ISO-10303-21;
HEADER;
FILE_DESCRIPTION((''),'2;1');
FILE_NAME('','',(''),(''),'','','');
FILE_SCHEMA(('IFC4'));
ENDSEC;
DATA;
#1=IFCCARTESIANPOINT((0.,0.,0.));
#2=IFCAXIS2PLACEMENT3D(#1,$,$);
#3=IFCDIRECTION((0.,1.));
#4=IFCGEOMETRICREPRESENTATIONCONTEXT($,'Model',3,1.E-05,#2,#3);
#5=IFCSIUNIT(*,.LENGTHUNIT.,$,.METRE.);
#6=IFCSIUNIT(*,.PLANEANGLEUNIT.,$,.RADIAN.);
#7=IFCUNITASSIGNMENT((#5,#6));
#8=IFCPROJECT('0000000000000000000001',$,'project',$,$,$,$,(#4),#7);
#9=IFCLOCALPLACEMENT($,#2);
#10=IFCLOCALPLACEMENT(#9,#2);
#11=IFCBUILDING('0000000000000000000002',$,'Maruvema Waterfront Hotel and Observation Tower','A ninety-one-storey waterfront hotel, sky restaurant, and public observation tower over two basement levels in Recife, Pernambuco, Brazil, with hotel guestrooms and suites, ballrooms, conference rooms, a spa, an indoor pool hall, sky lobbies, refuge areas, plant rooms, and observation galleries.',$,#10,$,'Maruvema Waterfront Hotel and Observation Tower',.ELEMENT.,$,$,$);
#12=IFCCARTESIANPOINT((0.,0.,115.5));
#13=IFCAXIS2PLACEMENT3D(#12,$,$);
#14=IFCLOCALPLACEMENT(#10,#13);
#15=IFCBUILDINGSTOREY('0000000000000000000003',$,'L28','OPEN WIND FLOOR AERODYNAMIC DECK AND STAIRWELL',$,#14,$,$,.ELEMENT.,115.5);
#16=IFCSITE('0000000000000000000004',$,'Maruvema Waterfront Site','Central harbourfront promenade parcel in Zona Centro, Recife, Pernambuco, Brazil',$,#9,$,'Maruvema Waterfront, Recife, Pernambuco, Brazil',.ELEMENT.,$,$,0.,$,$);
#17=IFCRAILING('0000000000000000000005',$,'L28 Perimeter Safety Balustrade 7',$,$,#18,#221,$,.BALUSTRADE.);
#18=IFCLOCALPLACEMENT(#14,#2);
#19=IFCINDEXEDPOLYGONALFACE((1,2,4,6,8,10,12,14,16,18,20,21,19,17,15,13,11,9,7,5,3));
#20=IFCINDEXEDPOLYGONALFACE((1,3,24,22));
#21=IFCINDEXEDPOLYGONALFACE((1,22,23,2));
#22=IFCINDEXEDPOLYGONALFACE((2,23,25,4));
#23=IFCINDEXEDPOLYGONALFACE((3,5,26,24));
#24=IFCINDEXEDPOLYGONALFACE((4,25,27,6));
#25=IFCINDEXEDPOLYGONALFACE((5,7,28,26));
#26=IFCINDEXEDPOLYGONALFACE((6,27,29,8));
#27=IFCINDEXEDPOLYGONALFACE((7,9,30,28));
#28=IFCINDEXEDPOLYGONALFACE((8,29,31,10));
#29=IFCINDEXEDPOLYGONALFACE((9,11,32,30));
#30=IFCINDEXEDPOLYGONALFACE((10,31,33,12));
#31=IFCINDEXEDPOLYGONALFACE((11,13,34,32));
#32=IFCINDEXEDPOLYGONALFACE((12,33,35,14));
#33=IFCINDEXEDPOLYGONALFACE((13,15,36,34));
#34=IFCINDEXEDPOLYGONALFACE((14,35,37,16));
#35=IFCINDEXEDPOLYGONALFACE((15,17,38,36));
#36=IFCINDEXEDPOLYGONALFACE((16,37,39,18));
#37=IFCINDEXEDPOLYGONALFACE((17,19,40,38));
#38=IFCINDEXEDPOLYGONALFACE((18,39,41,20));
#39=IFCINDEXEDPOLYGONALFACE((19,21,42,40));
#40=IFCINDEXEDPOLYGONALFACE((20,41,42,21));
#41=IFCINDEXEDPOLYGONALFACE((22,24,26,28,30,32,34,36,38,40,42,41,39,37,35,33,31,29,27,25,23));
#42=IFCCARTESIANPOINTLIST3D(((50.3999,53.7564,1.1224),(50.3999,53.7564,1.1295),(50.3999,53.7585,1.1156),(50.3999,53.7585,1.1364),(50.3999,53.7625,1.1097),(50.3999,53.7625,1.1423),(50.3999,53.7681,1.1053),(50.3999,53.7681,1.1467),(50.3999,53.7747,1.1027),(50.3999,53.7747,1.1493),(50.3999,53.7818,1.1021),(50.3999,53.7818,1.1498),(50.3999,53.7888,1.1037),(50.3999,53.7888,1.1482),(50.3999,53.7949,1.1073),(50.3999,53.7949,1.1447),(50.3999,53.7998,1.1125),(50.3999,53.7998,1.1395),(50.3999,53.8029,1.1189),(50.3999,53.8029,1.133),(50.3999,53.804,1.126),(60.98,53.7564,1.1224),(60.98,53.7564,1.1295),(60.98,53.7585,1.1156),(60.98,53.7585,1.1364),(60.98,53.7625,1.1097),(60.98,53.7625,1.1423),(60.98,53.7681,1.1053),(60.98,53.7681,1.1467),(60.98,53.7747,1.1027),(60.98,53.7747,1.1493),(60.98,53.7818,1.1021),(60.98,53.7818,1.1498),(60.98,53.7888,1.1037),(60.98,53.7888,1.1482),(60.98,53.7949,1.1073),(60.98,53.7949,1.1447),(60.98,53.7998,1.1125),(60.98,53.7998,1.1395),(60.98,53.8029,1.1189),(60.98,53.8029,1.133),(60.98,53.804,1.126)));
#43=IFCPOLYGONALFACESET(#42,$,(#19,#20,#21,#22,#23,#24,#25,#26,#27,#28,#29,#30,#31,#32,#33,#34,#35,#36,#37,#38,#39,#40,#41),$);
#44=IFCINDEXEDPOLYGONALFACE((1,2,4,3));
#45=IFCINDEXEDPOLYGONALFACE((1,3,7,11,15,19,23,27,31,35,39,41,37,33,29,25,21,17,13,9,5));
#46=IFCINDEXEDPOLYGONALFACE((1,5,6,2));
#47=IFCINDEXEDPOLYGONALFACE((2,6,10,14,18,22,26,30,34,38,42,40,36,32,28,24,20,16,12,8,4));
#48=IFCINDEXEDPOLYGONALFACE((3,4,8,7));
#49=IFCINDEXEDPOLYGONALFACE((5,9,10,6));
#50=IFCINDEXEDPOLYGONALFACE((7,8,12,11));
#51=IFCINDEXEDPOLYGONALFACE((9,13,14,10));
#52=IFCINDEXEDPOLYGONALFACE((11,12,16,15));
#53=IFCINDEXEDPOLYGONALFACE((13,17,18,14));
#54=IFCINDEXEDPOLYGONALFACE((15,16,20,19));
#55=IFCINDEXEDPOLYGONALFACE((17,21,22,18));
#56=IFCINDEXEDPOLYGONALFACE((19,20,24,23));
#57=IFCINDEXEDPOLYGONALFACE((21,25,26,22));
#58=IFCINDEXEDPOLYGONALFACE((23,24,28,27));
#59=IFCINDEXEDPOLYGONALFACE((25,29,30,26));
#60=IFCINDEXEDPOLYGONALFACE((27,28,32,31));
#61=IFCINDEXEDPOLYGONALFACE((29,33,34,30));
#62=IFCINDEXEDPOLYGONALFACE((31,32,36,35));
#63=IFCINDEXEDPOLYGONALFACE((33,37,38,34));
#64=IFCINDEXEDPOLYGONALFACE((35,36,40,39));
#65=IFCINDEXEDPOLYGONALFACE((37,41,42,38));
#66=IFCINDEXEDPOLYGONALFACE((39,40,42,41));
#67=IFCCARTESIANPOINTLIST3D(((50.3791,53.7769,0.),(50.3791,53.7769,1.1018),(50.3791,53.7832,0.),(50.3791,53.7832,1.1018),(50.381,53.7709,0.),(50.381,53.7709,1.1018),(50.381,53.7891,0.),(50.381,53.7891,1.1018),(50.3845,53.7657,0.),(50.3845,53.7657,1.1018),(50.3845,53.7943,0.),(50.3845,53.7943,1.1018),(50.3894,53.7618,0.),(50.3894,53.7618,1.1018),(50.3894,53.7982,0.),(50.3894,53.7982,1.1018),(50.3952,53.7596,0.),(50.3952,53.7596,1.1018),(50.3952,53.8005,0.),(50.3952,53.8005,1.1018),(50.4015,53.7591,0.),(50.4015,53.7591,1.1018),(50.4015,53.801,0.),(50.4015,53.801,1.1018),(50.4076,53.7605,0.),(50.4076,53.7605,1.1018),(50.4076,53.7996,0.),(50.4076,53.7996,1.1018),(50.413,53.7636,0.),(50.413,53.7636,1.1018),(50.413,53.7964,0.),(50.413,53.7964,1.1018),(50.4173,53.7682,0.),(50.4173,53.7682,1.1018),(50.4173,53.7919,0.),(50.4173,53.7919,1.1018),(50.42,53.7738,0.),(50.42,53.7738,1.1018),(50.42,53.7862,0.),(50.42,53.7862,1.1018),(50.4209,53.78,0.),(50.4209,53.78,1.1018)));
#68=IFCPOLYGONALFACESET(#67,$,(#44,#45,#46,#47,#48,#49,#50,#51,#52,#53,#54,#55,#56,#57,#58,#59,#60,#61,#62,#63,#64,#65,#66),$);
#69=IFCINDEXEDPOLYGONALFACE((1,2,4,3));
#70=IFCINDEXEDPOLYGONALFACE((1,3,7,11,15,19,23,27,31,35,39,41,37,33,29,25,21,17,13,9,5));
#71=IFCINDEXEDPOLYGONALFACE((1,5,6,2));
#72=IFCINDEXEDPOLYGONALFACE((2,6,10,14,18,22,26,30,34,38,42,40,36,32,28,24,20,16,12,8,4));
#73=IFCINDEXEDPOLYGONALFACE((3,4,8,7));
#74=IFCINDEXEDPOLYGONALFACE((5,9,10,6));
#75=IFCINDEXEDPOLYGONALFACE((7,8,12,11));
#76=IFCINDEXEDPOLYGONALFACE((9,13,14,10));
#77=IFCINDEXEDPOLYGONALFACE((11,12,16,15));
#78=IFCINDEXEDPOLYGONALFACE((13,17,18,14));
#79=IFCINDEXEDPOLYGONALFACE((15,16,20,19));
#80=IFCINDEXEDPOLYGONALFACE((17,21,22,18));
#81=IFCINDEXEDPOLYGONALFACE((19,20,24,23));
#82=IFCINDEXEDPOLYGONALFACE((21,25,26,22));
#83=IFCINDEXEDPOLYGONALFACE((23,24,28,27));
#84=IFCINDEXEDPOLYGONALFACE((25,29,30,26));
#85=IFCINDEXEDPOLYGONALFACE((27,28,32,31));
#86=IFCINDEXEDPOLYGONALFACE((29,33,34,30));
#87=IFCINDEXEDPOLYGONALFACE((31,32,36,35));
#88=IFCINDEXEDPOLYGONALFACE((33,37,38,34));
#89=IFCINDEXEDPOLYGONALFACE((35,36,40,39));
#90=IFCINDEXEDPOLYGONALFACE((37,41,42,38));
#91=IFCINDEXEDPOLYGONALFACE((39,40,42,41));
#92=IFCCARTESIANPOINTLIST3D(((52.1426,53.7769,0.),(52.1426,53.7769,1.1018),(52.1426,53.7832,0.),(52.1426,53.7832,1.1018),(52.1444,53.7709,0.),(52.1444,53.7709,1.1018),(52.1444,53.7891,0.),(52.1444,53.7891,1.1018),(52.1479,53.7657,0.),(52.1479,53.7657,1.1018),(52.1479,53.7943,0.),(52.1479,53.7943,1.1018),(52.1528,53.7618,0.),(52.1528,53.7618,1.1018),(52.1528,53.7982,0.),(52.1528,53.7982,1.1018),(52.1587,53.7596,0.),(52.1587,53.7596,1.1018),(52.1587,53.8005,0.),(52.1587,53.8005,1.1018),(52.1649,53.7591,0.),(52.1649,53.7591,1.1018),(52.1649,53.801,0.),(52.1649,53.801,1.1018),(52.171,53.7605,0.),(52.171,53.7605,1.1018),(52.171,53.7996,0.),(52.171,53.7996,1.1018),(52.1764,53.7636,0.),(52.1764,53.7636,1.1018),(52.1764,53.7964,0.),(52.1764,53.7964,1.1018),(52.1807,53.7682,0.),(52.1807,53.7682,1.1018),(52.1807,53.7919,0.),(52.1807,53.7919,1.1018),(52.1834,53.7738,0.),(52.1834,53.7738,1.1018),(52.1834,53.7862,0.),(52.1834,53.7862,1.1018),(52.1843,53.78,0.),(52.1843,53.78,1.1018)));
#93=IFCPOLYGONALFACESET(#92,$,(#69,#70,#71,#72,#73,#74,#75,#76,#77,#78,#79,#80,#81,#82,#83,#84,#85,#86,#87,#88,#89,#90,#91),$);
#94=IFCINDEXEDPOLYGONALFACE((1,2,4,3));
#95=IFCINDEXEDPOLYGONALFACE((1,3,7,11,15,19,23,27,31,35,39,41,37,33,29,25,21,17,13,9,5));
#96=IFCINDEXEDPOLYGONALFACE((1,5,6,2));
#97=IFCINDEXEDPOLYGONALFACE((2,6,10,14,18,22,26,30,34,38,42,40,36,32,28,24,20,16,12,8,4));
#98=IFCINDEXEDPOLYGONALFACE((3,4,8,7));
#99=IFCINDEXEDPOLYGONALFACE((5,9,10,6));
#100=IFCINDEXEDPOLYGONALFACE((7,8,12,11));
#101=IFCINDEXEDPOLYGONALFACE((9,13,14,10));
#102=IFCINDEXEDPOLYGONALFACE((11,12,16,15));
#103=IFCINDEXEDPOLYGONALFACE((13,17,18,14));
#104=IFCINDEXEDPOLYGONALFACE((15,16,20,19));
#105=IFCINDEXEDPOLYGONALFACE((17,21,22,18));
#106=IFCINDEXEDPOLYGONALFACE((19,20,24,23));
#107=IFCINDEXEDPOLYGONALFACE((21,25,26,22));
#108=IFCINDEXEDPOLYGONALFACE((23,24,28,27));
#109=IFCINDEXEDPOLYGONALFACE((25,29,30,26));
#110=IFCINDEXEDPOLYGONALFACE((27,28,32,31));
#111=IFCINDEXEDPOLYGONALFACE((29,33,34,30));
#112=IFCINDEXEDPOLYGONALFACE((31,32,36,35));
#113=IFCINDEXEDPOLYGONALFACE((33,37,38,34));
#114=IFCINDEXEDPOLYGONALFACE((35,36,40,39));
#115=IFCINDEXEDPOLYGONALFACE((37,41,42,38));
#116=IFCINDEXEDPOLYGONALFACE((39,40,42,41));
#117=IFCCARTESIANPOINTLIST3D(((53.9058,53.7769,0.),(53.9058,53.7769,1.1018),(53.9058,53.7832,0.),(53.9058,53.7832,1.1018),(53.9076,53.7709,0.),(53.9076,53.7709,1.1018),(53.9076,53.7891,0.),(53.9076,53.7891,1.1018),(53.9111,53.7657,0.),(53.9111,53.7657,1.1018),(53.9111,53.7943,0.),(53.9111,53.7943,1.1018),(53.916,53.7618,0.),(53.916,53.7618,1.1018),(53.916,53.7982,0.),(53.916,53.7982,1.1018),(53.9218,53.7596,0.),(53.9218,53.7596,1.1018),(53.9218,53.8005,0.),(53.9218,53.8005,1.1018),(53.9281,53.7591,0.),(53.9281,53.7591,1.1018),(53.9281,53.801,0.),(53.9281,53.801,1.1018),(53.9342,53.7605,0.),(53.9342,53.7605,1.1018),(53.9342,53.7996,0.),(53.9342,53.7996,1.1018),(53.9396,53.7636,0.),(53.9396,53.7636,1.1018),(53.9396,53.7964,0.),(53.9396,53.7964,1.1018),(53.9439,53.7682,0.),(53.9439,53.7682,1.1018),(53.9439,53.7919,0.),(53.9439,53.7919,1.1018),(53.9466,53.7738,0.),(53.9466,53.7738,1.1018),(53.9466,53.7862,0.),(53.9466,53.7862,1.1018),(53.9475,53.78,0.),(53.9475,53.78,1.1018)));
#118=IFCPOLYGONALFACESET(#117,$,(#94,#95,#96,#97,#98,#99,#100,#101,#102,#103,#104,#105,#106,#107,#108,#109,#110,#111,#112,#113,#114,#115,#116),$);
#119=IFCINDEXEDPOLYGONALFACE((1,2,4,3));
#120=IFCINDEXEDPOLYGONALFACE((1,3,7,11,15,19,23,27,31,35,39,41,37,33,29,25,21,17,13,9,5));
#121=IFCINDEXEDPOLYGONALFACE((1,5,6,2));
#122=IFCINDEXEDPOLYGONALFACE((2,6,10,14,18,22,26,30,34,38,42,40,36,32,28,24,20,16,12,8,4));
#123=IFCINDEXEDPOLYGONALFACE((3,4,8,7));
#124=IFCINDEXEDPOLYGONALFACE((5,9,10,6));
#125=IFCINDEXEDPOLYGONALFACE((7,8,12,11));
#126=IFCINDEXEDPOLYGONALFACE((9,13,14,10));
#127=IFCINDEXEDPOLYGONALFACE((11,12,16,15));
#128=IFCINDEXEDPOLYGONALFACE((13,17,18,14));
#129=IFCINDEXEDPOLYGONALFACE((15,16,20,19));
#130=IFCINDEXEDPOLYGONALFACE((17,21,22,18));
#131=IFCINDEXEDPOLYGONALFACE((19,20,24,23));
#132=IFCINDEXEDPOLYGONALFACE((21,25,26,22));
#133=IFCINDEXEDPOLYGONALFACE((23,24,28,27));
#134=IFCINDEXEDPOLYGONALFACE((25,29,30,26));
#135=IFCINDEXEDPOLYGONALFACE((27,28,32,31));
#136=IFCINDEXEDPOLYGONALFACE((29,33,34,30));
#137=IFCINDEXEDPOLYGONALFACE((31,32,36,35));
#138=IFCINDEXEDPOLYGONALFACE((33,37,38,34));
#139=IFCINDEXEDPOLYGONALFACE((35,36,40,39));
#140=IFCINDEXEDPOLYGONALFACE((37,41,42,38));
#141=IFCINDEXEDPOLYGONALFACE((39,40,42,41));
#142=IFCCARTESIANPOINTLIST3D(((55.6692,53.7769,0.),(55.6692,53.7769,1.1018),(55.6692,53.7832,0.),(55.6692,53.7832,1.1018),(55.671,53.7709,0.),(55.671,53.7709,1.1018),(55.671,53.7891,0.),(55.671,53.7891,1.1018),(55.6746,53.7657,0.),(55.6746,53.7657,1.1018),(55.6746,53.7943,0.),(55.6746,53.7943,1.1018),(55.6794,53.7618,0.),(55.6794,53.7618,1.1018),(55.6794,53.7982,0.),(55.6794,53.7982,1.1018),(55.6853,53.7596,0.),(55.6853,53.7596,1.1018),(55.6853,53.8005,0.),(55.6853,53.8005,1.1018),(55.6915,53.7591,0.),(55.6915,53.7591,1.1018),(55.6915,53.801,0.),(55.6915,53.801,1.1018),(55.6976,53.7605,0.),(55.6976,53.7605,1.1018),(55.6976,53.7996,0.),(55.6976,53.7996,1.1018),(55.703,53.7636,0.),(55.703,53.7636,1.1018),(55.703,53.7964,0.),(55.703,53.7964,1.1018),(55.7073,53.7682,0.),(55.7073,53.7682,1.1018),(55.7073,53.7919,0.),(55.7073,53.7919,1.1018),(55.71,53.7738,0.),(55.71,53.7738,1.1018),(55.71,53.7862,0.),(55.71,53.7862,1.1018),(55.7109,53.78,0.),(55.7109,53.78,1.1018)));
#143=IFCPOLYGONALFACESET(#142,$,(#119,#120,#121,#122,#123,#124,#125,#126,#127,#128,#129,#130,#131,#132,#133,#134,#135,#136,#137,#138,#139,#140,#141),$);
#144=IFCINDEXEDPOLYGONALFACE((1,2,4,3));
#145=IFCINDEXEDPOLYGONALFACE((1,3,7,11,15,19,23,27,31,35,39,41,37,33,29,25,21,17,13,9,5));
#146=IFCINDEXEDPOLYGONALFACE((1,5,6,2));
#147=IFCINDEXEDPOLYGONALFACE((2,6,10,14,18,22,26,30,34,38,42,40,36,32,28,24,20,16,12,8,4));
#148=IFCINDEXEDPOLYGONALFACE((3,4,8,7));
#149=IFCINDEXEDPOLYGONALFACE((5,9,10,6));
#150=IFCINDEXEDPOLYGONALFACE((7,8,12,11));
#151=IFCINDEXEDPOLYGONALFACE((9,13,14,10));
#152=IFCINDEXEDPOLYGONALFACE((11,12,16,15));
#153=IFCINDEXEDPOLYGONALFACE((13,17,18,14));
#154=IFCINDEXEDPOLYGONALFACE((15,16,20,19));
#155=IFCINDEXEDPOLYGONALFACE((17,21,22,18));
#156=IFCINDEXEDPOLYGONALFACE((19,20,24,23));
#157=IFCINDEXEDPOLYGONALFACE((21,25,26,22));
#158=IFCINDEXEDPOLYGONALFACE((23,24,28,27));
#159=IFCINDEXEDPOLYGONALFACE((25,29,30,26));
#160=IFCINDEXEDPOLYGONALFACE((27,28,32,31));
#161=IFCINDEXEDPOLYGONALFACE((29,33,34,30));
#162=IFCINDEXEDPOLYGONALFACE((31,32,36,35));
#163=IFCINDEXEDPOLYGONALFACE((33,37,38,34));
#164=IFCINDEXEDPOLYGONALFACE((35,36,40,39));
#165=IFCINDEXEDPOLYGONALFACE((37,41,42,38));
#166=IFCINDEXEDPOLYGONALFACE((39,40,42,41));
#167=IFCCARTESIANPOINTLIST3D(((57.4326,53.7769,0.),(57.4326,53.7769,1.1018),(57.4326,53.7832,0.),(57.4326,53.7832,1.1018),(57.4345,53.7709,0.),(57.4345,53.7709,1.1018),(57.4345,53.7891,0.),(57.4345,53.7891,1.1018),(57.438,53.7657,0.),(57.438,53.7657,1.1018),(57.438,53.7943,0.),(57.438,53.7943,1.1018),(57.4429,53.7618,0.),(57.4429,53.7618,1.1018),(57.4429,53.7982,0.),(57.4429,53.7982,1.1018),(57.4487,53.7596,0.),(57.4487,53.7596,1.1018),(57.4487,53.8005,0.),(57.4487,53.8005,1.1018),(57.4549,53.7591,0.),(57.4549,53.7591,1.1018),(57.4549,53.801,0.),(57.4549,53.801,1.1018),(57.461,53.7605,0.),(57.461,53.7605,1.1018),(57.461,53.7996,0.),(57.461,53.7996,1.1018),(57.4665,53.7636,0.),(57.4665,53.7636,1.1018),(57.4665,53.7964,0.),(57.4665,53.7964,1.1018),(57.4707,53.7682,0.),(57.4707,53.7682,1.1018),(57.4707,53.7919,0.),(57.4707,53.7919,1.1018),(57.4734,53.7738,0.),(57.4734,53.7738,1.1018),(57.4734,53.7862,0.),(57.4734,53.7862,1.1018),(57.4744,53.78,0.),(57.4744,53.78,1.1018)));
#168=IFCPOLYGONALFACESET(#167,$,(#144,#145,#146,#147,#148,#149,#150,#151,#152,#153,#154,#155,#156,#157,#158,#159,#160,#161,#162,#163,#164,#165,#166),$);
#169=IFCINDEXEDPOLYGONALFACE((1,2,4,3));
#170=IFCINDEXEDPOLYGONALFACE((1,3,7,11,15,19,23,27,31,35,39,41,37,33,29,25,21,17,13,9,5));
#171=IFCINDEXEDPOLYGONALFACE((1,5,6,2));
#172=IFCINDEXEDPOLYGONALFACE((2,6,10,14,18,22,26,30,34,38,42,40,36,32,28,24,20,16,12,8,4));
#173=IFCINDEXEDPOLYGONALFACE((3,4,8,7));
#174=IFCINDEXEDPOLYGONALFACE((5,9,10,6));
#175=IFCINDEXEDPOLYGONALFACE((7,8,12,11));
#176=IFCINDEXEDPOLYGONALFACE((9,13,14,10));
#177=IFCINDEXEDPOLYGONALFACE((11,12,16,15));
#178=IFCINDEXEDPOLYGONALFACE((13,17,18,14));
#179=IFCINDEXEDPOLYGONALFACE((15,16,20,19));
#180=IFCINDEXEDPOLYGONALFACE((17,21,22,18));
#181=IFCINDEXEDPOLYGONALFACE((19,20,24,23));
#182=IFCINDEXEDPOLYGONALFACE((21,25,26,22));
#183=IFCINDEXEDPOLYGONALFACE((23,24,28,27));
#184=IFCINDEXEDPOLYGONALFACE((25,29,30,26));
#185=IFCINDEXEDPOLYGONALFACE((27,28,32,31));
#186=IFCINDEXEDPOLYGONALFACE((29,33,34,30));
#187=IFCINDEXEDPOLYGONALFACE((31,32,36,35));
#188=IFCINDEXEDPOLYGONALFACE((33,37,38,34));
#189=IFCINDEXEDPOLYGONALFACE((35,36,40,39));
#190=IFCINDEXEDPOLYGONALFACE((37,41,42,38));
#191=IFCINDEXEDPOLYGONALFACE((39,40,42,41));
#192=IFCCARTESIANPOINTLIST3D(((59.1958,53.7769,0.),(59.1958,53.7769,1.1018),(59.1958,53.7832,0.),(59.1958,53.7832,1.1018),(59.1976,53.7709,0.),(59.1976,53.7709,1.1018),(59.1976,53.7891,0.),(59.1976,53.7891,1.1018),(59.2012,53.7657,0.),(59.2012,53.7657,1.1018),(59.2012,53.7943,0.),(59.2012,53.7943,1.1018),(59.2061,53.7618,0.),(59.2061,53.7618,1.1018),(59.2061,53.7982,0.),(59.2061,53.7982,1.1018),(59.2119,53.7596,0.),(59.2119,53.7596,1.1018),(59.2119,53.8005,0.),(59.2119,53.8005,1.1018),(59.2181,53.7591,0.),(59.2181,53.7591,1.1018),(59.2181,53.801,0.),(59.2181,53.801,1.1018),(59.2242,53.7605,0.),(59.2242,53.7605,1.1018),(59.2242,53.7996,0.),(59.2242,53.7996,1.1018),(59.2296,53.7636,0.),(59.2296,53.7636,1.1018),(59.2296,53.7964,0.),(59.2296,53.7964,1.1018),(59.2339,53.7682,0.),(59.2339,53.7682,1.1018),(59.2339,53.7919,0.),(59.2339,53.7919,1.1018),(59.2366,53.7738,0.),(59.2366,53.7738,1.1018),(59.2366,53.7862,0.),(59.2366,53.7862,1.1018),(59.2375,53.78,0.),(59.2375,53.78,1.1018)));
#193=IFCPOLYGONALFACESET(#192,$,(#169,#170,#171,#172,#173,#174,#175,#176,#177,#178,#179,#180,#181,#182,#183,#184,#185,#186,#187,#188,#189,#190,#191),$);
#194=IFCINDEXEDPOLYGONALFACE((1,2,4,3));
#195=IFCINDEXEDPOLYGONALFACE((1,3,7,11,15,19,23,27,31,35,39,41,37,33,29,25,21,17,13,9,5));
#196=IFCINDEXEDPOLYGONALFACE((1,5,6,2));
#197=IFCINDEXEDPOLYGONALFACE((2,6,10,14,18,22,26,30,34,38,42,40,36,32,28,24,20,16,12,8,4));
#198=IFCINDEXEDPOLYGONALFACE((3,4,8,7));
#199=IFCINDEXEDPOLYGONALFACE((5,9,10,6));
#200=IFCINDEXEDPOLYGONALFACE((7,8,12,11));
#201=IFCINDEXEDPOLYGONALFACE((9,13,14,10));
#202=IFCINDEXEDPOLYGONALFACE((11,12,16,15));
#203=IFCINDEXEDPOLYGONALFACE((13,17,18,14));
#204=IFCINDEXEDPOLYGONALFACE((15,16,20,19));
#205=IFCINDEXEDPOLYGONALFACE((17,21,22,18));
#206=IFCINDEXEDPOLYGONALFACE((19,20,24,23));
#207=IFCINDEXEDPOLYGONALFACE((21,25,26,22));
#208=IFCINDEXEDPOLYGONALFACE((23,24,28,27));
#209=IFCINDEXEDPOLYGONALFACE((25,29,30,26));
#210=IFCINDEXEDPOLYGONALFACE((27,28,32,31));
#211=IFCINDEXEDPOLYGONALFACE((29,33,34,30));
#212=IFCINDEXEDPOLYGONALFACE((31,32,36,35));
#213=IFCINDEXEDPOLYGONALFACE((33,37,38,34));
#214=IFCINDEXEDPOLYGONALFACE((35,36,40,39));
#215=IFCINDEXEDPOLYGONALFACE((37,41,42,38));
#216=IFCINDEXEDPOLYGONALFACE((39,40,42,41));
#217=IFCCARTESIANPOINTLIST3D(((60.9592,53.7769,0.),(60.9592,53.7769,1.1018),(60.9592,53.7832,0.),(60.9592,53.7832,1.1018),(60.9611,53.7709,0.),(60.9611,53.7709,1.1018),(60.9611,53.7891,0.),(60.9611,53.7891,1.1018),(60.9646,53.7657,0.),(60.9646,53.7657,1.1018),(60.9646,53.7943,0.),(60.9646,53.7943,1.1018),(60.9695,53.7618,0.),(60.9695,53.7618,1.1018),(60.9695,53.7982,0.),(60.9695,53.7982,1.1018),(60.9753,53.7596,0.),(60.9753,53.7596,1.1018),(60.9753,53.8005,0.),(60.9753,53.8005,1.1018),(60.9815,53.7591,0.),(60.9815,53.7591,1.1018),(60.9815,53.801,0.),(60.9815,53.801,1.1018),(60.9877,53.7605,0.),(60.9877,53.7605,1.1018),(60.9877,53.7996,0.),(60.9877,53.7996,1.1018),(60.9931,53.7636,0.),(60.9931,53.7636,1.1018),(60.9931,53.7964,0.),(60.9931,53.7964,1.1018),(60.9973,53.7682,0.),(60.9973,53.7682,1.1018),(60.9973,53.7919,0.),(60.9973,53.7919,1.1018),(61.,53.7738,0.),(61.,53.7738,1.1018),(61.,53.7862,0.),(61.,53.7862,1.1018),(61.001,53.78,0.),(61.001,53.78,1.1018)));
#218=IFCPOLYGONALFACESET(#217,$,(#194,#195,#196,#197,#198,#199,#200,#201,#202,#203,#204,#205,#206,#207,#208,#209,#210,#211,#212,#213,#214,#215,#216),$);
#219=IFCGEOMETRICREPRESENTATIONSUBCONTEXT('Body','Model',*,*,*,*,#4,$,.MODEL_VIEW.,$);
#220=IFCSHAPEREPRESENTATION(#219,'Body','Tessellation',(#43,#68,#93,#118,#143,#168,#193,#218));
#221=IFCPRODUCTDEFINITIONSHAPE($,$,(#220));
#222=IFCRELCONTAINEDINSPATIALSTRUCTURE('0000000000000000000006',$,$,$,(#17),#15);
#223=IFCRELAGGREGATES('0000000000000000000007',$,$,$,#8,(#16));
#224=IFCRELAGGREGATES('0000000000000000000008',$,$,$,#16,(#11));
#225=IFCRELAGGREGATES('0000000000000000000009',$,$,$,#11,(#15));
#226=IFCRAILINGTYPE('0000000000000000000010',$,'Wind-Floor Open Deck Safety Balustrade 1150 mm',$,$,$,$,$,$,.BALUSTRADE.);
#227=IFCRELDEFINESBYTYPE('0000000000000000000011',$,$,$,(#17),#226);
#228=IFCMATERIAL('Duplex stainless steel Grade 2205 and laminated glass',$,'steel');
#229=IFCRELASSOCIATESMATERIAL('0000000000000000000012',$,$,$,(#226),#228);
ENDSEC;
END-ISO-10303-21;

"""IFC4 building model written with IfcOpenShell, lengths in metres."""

from ifc_helpers import new_model, si_unit, direction, frame, origin, origin_2d, place, context, subcontext, project, spatial, circle, extrude, material, type_object, element, save


model = new_model("IFC4")

# Units and contexts
model_context = context("Model", 3, precision=1e-05, world=origin(), true_north=direction((0.0, 1.0)))
body_context = subcontext(model_context, "Body", "Model", "MODEL_VIEW")
ifc_project = project(units=[si_unit("LENGTHUNIT", "METRE"), si_unit("PLANEANGLEUNIT", "RADIAN")], contexts=[model_context])

# Site, building, storey
site_placement = place(None, origin())
site = spatial("IfcSite", under=ifc_project, at=site_placement, Name="Maruvema Waterfront Site", Description="Central harbourfront promenade parcel in Zona Centro, Recife, Pernambuco, Brazil", LongName="Maruvema Waterfront, Recife, Pernambuco, Brazil", CompositionType="ELEMENT", RefElevation=0.0)
building_placement = place(site_placement, origin())
building = spatial("IfcBuilding", under=site, at=building_placement, Name="Maruvema Waterfront Hotel and Observation Tower", Description="A ninety-one-storey waterfront hotel, sky restaurant, and public observation tower over two basement levels in Recife, Pernambuco, Brazil, with hotel guestrooms and suites, ballrooms, conference rooms, a spa, an indoor pool hall, sky lobbies, refuge areas, plant rooms, and observation galleries.", LongName="Maruvema Waterfront Hotel and Observation Tower", CompositionType="ELEMENT")
storey_placement = place(building_placement, frame((0.0, 0.0, 115.5)))
storey = spatial("IfcBuildingStorey", under=building, at=storey_placement, Name="L28", Description="OPEN WIND FLOOR AERODYNAMIC DECK AND STAIRWELL", CompositionType="ELEMENT", Elevation=115.5)

# Railing
ifc_material_1 = material(Name="Duplex stainless steel Grade 2205 and laminated glass", Category="steel")
railing_type = type_object("IfcRailingType", Name="Wind-Floor Open Deck Safety Balustrade 1150 mm", PredefinedType="BALUSTRADE", material=ifc_material_1)
railing_1_placement = place(storey_placement, frame((50.3999, 53.78, 0.0)))
element("IfcRailing", 1, at=railing_1_placement, inside=storey, type_object=railing_type, Name="L28 Perimeter Safety Balustrade 7", PredefinedType="BALUSTRADE", context=body_context, shape_type="SweptSolid", body=[
    extrude(circle(Radius=0.0239, at=origin_2d()), frame((0.0, 0.0, 1.126), z_axis=(1.0, 0.0, 0.0), x_axis=(0.0, 1.0, 0.0)), (0.0, 0.0, 1.0), 10.5801),
    extrude(circle(Radius=0.021, at=origin_2d()), origin(), (0.0, 0.0, 1.0), 1.1018),
    extrude(circle(Radius=0.021, at=origin_2d()), frame((1.7634, 0.0, 0.0)), (0.0, 0.0, 1.0), 1.1018),
    extrude(circle(Radius=0.021, at=origin_2d()), frame((3.5266, 0.0, 0.0)), (0.0, 0.0, 1.0), 1.1018),
    extrude(circle(Radius=0.021, at=origin_2d()), frame((5.29, 0.0, 0.0)), (0.0, 0.0, 1.0), 1.1018),
    extrude(circle(Radius=0.021, at=origin_2d()), frame((7.0535, 0.0, 0.0)), (0.0, 0.0, 1.0), 1.1018),
    extrude(circle(Radius=0.021, at=origin_2d()), frame((8.8167, 0.0, 0.0)), (0.0, 0.0, 1.0), 1.1018),
    extrude(circle(Radius=0.021, at=origin_2d()), frame((10.5801, 0.0, 0.0)), (0.0, 0.0, 1.0), 1.1018),
])

save(model, "model.ifc")
